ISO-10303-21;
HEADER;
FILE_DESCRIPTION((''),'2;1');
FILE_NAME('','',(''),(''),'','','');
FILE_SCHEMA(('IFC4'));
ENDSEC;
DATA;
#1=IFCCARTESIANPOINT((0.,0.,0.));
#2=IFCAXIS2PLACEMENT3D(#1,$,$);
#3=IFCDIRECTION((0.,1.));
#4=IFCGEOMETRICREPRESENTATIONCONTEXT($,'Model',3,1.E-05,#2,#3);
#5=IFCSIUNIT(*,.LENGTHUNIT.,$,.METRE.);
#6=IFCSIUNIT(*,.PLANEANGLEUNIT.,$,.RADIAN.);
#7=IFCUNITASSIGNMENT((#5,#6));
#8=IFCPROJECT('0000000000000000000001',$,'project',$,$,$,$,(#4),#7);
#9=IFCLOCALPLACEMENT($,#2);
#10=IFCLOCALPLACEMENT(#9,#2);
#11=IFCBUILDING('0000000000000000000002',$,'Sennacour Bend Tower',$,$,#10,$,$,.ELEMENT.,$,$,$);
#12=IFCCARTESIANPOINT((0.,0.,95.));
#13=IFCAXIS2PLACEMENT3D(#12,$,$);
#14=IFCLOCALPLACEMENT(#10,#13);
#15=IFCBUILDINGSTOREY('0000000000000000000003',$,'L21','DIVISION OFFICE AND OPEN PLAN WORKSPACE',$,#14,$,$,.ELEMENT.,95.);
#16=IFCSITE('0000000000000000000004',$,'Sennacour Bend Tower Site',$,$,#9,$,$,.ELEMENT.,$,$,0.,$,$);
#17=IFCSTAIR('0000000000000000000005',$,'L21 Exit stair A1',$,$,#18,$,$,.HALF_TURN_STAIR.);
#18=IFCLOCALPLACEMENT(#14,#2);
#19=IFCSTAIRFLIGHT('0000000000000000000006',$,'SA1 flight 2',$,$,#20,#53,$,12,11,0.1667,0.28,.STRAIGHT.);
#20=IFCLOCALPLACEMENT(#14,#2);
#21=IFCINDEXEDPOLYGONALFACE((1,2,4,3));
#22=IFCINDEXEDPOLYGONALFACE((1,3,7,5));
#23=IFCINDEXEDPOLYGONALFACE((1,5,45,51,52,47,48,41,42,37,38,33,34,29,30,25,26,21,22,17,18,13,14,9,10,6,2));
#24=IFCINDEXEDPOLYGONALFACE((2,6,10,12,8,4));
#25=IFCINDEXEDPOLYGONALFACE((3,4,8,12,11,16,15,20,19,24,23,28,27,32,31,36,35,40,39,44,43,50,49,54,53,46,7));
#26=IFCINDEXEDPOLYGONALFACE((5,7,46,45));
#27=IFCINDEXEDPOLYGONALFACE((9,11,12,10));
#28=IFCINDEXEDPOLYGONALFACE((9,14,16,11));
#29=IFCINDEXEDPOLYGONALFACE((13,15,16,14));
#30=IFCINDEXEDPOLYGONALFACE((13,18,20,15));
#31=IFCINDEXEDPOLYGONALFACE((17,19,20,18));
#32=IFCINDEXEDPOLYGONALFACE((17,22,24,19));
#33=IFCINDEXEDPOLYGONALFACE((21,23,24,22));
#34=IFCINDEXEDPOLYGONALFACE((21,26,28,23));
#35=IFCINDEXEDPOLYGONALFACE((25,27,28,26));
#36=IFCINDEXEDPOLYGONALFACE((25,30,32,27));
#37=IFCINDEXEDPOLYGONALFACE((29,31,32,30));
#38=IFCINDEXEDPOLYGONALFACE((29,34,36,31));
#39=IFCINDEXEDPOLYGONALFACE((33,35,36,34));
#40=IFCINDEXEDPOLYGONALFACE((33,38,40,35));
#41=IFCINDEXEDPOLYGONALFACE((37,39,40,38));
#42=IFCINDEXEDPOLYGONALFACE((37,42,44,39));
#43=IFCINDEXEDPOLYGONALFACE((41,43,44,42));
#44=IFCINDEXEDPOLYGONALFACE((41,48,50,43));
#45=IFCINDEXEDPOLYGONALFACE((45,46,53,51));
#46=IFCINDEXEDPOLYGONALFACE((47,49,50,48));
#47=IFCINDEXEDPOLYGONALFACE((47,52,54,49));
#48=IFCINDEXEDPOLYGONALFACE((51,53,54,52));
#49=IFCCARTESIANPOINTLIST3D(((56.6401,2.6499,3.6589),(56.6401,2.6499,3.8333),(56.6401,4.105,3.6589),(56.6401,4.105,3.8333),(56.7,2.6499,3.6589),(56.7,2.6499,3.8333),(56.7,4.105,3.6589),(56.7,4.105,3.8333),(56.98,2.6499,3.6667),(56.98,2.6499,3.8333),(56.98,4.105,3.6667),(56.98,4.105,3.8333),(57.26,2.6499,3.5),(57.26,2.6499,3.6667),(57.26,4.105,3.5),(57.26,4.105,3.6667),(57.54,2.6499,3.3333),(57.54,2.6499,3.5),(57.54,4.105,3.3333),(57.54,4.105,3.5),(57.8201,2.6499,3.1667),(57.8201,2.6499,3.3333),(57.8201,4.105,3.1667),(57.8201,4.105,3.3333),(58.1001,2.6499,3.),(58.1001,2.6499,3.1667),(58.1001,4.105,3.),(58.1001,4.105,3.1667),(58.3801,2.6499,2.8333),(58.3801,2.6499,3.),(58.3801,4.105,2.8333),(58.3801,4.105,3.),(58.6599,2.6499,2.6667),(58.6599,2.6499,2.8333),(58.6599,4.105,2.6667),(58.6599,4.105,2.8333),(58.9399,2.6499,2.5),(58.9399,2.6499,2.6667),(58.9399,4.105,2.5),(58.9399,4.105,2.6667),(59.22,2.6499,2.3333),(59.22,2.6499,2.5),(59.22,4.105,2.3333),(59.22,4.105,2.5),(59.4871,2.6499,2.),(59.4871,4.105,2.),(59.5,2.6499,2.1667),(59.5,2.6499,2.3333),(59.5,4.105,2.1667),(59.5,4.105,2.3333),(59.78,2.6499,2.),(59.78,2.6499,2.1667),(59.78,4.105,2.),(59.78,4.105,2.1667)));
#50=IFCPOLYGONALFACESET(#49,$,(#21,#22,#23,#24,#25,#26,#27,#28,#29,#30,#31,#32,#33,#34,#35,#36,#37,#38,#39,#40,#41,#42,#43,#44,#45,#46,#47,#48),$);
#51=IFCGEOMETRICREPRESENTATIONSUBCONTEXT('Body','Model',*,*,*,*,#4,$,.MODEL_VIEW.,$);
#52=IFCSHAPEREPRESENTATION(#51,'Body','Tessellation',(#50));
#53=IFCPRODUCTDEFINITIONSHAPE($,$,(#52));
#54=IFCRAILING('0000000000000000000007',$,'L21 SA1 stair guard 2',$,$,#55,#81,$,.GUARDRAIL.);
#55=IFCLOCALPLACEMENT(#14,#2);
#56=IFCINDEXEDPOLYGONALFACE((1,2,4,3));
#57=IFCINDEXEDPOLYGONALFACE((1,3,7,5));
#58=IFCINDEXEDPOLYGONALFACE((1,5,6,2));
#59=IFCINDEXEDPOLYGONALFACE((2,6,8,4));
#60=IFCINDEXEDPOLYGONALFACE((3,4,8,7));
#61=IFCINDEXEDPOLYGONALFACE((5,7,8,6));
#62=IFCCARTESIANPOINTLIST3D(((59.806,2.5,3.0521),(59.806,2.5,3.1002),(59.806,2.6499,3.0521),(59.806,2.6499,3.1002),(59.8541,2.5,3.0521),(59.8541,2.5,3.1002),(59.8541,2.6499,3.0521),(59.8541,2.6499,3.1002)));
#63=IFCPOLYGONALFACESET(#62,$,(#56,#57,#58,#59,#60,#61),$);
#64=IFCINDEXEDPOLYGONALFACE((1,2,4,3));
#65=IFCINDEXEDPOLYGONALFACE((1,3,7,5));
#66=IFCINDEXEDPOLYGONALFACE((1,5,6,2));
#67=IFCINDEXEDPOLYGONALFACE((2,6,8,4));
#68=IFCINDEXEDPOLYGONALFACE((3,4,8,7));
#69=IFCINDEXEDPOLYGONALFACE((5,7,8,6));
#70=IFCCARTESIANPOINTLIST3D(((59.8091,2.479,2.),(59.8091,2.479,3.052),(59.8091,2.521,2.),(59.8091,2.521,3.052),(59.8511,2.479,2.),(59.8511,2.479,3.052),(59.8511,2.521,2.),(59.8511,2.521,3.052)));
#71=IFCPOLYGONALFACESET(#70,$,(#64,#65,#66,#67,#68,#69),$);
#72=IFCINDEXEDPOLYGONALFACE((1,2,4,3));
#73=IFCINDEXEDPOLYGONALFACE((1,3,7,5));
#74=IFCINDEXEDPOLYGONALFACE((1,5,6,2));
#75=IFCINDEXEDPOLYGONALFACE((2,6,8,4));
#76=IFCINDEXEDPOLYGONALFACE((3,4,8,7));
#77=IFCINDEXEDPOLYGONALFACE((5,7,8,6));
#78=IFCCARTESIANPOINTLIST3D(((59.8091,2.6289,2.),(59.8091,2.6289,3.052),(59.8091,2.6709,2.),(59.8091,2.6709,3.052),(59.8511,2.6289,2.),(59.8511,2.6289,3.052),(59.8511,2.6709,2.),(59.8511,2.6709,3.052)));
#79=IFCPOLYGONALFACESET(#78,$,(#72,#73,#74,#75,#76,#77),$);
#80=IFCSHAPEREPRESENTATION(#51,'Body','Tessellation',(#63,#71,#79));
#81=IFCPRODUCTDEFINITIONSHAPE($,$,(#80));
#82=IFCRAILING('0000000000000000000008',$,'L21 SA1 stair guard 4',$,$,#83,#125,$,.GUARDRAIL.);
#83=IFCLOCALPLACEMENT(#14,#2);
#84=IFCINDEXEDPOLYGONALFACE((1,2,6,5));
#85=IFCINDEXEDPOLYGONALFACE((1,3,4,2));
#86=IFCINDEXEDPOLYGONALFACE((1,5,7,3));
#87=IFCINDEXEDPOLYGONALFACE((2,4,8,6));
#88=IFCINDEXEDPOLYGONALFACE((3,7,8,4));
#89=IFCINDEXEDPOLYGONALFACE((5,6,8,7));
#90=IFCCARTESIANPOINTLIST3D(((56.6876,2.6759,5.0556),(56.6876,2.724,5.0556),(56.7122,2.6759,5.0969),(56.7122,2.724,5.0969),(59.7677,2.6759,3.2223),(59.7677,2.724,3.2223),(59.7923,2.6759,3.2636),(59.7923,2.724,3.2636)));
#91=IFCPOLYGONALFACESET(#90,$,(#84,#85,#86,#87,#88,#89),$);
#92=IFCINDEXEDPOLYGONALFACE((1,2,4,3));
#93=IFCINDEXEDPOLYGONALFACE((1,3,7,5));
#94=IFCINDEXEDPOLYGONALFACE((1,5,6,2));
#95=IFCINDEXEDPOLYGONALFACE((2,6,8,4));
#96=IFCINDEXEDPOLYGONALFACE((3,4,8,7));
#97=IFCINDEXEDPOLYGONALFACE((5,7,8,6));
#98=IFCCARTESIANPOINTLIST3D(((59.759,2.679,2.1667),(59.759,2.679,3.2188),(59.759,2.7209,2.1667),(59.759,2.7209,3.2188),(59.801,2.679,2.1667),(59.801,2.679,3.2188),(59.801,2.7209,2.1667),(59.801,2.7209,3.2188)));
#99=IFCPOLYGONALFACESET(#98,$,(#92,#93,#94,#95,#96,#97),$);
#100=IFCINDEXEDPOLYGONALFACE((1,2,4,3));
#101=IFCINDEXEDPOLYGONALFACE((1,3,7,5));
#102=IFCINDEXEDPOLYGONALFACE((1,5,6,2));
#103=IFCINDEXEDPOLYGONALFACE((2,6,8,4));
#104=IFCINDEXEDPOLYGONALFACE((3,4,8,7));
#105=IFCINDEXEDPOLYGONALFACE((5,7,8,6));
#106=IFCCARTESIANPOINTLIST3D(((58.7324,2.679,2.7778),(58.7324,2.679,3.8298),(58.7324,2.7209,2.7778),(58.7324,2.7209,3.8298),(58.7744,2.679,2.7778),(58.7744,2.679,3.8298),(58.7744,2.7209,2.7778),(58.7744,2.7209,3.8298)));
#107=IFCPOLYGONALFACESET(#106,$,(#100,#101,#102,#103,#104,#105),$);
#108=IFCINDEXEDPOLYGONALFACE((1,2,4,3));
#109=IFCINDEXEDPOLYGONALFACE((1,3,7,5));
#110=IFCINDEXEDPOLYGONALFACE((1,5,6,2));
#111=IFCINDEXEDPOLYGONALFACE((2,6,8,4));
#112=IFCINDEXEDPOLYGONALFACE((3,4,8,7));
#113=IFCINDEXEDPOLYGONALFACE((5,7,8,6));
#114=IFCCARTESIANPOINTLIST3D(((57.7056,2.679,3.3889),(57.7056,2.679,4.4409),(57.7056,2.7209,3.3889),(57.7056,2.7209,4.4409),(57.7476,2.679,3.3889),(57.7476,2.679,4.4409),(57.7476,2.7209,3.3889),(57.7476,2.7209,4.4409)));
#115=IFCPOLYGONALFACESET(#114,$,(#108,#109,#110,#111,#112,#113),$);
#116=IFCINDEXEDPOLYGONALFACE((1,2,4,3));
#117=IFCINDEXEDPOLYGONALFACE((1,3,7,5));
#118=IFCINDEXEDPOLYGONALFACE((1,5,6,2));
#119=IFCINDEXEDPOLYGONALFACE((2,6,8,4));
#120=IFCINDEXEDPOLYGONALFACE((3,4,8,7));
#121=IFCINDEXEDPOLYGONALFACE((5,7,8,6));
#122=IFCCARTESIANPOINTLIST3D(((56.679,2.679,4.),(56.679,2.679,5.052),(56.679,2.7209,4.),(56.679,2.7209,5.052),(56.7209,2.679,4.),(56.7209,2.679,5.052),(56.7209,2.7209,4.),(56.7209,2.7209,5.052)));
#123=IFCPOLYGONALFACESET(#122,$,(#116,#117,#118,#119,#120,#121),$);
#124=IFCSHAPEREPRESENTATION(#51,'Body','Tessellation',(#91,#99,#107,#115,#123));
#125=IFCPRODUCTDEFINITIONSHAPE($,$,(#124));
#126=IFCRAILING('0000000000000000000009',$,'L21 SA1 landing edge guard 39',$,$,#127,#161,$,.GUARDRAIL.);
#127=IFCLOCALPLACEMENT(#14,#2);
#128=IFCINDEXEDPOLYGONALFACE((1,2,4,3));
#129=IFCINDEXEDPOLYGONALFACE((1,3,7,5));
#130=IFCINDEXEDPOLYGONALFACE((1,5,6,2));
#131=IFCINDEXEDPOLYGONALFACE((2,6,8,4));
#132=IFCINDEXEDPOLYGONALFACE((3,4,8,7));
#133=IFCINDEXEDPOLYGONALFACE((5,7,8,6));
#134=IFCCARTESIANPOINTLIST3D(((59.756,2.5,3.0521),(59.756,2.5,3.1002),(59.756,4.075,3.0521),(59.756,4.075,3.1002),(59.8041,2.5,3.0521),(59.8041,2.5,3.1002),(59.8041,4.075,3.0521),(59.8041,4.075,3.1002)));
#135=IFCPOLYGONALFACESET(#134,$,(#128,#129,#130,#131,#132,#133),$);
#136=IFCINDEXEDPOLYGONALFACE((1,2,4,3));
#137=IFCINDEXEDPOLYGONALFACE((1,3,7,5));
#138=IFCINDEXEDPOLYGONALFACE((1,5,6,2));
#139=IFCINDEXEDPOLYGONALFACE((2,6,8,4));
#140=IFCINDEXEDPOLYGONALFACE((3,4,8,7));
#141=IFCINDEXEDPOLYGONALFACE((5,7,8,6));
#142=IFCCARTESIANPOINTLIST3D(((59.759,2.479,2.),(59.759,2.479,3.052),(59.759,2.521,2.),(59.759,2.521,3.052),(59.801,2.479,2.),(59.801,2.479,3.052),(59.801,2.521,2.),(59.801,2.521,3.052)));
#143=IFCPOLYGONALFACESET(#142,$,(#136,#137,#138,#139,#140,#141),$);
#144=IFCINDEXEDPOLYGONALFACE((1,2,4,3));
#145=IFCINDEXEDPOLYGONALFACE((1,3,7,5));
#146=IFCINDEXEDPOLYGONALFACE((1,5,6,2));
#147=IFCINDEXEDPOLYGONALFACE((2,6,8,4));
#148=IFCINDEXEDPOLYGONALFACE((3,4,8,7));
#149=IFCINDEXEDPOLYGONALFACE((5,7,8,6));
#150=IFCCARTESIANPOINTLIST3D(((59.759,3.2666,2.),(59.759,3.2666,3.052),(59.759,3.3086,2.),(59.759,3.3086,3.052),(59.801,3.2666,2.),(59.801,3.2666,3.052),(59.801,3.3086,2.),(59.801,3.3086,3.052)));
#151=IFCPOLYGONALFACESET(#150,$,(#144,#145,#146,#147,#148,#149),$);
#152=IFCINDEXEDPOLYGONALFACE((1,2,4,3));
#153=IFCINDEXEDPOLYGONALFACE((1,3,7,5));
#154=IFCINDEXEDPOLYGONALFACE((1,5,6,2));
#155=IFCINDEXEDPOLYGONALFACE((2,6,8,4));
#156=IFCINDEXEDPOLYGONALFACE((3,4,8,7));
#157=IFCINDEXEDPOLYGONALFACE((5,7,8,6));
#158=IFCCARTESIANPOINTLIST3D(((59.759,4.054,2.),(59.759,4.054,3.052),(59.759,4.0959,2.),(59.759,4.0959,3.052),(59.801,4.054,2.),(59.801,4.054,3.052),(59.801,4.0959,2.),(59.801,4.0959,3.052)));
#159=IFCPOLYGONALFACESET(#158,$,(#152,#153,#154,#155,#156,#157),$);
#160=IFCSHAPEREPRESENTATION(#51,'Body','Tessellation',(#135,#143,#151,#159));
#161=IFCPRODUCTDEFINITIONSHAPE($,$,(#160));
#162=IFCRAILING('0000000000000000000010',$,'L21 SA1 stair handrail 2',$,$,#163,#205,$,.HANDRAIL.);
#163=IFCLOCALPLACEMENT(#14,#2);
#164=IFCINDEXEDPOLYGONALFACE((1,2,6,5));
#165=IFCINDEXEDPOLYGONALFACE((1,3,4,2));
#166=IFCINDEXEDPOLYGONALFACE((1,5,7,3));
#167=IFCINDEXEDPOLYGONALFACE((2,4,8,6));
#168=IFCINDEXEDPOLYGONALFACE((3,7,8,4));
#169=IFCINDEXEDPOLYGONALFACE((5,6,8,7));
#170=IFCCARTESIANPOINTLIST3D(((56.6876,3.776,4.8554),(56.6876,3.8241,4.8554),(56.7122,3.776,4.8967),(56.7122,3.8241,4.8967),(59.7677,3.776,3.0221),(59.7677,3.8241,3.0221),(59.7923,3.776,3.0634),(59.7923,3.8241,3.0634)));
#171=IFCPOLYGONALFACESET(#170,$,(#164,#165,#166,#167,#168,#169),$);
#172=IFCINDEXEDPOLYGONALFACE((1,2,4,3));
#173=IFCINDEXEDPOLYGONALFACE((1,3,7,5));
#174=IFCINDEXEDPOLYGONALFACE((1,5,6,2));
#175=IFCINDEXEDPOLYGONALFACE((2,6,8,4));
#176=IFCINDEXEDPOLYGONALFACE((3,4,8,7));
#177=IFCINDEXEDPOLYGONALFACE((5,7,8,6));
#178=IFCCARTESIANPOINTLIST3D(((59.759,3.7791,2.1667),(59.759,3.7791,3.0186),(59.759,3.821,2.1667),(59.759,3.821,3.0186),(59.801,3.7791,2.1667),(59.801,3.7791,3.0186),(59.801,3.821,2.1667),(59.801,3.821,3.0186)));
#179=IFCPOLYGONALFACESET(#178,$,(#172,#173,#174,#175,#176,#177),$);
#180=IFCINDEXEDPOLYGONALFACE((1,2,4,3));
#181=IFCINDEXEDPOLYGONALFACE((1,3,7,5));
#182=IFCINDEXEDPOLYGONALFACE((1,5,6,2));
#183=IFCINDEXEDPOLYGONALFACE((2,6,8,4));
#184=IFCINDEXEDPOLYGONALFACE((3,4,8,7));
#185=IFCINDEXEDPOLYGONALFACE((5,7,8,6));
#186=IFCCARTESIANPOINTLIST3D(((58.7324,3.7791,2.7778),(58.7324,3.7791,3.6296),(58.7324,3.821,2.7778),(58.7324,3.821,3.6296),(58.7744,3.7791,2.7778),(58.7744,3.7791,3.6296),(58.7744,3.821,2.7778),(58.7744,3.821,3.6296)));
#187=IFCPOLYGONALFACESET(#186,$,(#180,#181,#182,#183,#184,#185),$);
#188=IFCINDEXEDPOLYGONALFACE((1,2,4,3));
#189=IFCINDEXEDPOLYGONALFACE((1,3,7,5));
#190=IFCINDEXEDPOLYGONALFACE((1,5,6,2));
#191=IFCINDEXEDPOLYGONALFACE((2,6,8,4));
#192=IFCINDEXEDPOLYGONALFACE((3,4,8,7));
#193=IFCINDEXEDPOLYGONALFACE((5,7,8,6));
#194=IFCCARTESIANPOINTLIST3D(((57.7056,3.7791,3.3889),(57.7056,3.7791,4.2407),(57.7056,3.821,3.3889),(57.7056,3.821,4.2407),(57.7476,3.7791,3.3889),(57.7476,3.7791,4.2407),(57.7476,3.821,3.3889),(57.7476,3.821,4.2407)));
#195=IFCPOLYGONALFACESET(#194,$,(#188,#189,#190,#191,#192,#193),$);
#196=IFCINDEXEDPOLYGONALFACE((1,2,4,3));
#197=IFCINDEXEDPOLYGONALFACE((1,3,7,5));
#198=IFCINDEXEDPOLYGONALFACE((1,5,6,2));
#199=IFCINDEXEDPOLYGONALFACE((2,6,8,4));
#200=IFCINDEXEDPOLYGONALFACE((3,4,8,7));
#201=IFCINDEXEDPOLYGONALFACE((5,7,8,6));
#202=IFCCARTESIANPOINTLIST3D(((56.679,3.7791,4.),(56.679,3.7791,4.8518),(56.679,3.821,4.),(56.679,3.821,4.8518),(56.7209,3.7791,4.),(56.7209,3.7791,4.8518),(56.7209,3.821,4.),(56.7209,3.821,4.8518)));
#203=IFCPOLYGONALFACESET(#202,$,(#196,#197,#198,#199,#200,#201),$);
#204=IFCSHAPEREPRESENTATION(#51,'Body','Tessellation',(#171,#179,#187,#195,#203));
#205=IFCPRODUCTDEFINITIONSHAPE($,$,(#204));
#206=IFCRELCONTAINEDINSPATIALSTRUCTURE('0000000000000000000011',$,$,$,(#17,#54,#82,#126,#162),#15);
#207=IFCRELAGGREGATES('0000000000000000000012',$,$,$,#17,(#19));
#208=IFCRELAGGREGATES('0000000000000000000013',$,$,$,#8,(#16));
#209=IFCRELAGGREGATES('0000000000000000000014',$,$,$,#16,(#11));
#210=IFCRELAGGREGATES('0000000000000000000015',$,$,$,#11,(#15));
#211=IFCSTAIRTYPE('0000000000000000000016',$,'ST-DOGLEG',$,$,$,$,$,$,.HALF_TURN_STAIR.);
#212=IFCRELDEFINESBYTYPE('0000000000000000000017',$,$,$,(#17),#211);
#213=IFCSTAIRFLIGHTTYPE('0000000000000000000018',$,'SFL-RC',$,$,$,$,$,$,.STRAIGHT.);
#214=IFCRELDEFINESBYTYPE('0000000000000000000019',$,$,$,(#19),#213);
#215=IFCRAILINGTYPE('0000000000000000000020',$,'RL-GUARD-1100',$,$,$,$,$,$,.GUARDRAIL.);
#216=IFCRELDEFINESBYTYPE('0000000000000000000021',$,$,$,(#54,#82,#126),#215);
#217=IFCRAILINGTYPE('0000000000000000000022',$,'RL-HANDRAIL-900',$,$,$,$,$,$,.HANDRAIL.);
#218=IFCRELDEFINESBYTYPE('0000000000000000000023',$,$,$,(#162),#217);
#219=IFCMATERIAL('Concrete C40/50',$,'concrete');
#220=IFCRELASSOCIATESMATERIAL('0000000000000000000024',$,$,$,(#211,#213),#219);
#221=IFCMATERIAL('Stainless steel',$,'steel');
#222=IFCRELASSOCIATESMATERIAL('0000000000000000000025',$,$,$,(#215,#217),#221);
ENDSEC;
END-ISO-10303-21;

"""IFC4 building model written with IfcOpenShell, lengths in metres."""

from ifc_helpers import new_model, si_unit, direction, frame, origin, origin_2d, place, context, subcontext, project, spatial, polyline, rectangle, outline, extrude, material, type_object, element, aggregate, save


model = new_model("IFC4")

# Units and contexts
model_context = context("Model", 3, precision=1e-05, world=origin(), true_north=direction((0.0, 1.0)))
body_context = subcontext(model_context, "Body", "Model", "MODEL_VIEW")
ifc_project = project(units=[si_unit("LENGTHUNIT", "METRE"), si_unit("PLANEANGLEUNIT", "RADIAN")], contexts=[model_context])

# Site, building, storey
site_placement = place(None, origin())
site = spatial("IfcSite", under=ifc_project, at=site_placement, Name="Sennacour Bend Tower Site", CompositionType="ELEMENT", RefElevation=0.0)
building_placement = place(site_placement, origin())
building = spatial("IfcBuilding", under=site, at=building_placement, Name="Sennacour Bend Tower", CompositionType="ELEMENT")
storey_placement = place(building_placement, frame((0.0, 0.0, 95.0)))
storey = spatial("IfcBuildingStorey", under=building, at=storey_placement, Name="L21", Description="DIVISION OFFICE AND OPEN PLAN WORKSPACE", CompositionType="ELEMENT", Elevation=95.0)

# Shared definitions
ifc_material_1 = material(Name="Stainless steel", Category="steel")

# Stair, stair flight
ifc_material_2 = material(Name="Concrete C40/50", Category="concrete")
stair_type = type_object("IfcStairType", Name="ST-DOGLEG", PredefinedType="HALF_TURN_STAIR", material=ifc_material_2)
stair_placement = place(storey_placement, origin())
stair = element("IfcStair", 1, at=stair_placement, inside=storey, type_object=stair_type, Name="L21 Exit stair A1", PredefinedType="HALF_TURN_STAIR")
stair_flight_type = type_object("IfcStairFlightType", Name="SFL-RC", PredefinedType="STRAIGHT", material=ifc_material_2)
stair_flight_placement = place(storey_placement, frame((59.78, 3.3774, 2.0), z_axis=(0.0, 0.0, 1.0), x_axis=(-1.0, 0.0, 0.0)))
stair_flight = element("IfcStairFlight", 2, at=stair_flight_placement, type_object=stair_flight_type, Name="SA1 flight 2", NumberOfRisers=12, NumberOfTreads=11, PredefinedType="STRAIGHT", RiserHeight=0.1667, TreadLength=0.28, context=body_context, shape_type="SweptSolid", body=[
    extrude(outline(polyline([(0.0, 0.0), (0.0, 0.1667), (0.28, 0.1667), (0.28, 0.3333), (0.5601, 0.3333), (0.5601, 0.5), (0.8401, 0.5), (0.8401, 0.6667), (1.1201, 0.6667), (1.1201, 0.8333), (1.3999, 0.8333), (1.3999, 1.0), (1.6799, 1.0), (1.6799, 1.1667), (1.96, 1.1667), (1.96, 1.3333), (2.24, 1.3333), (2.24, 1.5), (2.52, 1.5), (2.52, 1.6667), (2.8, 1.6667), (2.8, 1.8333), (3.0801, 1.8333), (3.1399, 1.8333), (3.1399, 1.6589), (3.0801, 1.6589), (0.293, 0.0), (0.0, 0.0)])), frame((0.0, 0.7275, 0.0), z_axis=(0.0, -1.0, 0.0), x_axis=(1.0, 0.0, 0.0)), (0.0, 0.0, 1.0), 1.4551),
])
aggregate(stair, [stair_flight])

# Railings
railing_type_1 = type_object("IfcRailingType", Name="RL-GUARD-1100", PredefinedType="GUARDRAIL", material=ifc_material_1)
railing_1_placement = place(storey_placement, frame((59.8301, 2.5, 2.0)))
element("IfcRailing", 3, at=railing_1_placement, inside=storey, type_object=railing_type_1, Name="L21 SA1 stair guard 2", PredefinedType="GUARDRAIL", context=body_context, shape_type="SweptSolid", body=[
    extrude(rectangle(XDim=0.0481, YDim=0.0481, at=origin_2d()), frame((0.0, 0.0, 1.0762), z_axis=(0.0, 1.0, 0.0), x_axis=(-1.0, 0.0, 0.0)), (0.0, 0.0, 1.0), 0.1499),
    extrude(rectangle(XDim=0.042, YDim=0.042, at=origin_2d()), origin(), (0.0, 0.0, 1.0), 1.052),
    extrude(rectangle(XDim=0.042, YDim=0.042, at=origin_2d()), frame((0.0, 0.1499, 0.0)), (0.0, 0.0, 1.0), 1.052),
])
railing_2_placement = place(storey_placement, frame((59.78, 2.7, 2.1667)))
element("IfcRailing", 4, at=railing_2_placement, inside=storey, type_object=railing_type_1, Name="L21 SA1 stair guard 4", PredefinedType="GUARDRAIL", context=body_context, shape_type="SweptSolid", body=[
    extrude(rectangle(XDim=0.0481, YDim=0.0481, at=origin_2d()), frame((0.0, 0.0, 1.0762), z_axis=(-0.859309, 0.0, 0.511458), x_axis=(0.0, -1.0, 0.0)), (0.0, 0.0, 1.0), 3.5845),
    extrude(rectangle(XDim=0.042, YDim=0.042, at=origin_2d()), origin(), (0.0, 0.0, 1.0), 1.052),
    extrude(rectangle(XDim=0.042, YDim=0.042, at=origin_2d()), frame((-1.0266, 0.0, 0.6111)), (0.0, 0.0, 1.0), 1.052),
    extrude(rectangle(XDim=0.042, YDim=0.042, at=origin_2d()), frame((-2.0535, 0.0, 1.2222)), (0.0, 0.0, 1.0), 1.052),
    extrude(rectangle(XDim=0.042, YDim=0.042, at=origin_2d()), frame((-3.0801, 0.0, 1.8333)), (0.0, 0.0, 1.0), 1.052),
])
railing_3_placement = place(storey_placement, frame((59.78, 2.5, 2.0)))
element("IfcRailing", 5, at=railing_3_placement, inside=storey, type_object=railing_type_1, Name="L21 SA1 landing edge guard 39", PredefinedType="GUARDRAIL", context=body_context, shape_type="SweptSolid", body=[
    extrude(rectangle(XDim=0.0481, YDim=0.0481, at=origin_2d()), frame((0.0, 0.0, 1.0762), z_axis=(0.0, 1.0, 0.0), x_axis=(-1.0, 0.0, 0.0)), (0.0, 0.0, 1.0), 1.575),
    extrude(rectangle(XDim=0.042, YDim=0.042, at=origin_2d()), origin(), (0.0, 0.0, 1.0), 1.052),
    extrude(rectangle(XDim=0.042, YDim=0.042, at=origin_2d()), frame((0.0, 0.7876, 0.0)), (0.0, 0.0, 1.0), 1.052),
    extrude(rectangle(XDim=0.042, YDim=0.042, at=origin_2d()), frame((0.0, 1.575, 0.0)), (0.0, 0.0, 1.0), 1.052),
])
railing_type_2 = type_object("IfcRailingType", Name="RL-HANDRAIL-900", PredefinedType="HANDRAIL", material=ifc_material_1)
railing_4_placement = place(storey_placement, frame((59.78, 3.8, 2.1667)))
element("IfcRailing", 6, at=railing_4_placement, inside=storey, type_object=railing_type_2, Name="L21 SA1 stair handrail 2", PredefinedType="HANDRAIL", context=body_context, shape_type="SweptSolid", body=[
    extrude(rectangle(XDim=0.0481, YDim=0.0481, at=origin_2d()), frame((0.0, 0.0, 0.876), z_axis=(-0.859309, 0.0, 0.511458), x_axis=(0.0, -1.0, 0.0)), (0.0, 0.0, 1.0), 3.5845),
    extrude(rectangle(XDim=0.042, YDim=0.042, at=origin_2d()), origin(), (0.0, 0.0, 1.0), 0.8518),
    extrude(rectangle(XDim=0.042, YDim=0.042, at=origin_2d()), frame((-1.0266, 0.0, 0.6111)), (0.0, 0.0, 1.0), 0.8518),
    extrude(rectangle(XDim=0.042, YDim=0.042, at=origin_2d()), frame((-2.0535, 0.0, 1.2222)), (0.0, 0.0, 1.0), 0.8518),
    extrude(rectangle(XDim=0.042, YDim=0.042, at=origin_2d()), frame((-3.0801, 0.0, 1.8333)), (0.0, 0.0, 1.0), 0.8518),
])

save(model, "model.ifc")
